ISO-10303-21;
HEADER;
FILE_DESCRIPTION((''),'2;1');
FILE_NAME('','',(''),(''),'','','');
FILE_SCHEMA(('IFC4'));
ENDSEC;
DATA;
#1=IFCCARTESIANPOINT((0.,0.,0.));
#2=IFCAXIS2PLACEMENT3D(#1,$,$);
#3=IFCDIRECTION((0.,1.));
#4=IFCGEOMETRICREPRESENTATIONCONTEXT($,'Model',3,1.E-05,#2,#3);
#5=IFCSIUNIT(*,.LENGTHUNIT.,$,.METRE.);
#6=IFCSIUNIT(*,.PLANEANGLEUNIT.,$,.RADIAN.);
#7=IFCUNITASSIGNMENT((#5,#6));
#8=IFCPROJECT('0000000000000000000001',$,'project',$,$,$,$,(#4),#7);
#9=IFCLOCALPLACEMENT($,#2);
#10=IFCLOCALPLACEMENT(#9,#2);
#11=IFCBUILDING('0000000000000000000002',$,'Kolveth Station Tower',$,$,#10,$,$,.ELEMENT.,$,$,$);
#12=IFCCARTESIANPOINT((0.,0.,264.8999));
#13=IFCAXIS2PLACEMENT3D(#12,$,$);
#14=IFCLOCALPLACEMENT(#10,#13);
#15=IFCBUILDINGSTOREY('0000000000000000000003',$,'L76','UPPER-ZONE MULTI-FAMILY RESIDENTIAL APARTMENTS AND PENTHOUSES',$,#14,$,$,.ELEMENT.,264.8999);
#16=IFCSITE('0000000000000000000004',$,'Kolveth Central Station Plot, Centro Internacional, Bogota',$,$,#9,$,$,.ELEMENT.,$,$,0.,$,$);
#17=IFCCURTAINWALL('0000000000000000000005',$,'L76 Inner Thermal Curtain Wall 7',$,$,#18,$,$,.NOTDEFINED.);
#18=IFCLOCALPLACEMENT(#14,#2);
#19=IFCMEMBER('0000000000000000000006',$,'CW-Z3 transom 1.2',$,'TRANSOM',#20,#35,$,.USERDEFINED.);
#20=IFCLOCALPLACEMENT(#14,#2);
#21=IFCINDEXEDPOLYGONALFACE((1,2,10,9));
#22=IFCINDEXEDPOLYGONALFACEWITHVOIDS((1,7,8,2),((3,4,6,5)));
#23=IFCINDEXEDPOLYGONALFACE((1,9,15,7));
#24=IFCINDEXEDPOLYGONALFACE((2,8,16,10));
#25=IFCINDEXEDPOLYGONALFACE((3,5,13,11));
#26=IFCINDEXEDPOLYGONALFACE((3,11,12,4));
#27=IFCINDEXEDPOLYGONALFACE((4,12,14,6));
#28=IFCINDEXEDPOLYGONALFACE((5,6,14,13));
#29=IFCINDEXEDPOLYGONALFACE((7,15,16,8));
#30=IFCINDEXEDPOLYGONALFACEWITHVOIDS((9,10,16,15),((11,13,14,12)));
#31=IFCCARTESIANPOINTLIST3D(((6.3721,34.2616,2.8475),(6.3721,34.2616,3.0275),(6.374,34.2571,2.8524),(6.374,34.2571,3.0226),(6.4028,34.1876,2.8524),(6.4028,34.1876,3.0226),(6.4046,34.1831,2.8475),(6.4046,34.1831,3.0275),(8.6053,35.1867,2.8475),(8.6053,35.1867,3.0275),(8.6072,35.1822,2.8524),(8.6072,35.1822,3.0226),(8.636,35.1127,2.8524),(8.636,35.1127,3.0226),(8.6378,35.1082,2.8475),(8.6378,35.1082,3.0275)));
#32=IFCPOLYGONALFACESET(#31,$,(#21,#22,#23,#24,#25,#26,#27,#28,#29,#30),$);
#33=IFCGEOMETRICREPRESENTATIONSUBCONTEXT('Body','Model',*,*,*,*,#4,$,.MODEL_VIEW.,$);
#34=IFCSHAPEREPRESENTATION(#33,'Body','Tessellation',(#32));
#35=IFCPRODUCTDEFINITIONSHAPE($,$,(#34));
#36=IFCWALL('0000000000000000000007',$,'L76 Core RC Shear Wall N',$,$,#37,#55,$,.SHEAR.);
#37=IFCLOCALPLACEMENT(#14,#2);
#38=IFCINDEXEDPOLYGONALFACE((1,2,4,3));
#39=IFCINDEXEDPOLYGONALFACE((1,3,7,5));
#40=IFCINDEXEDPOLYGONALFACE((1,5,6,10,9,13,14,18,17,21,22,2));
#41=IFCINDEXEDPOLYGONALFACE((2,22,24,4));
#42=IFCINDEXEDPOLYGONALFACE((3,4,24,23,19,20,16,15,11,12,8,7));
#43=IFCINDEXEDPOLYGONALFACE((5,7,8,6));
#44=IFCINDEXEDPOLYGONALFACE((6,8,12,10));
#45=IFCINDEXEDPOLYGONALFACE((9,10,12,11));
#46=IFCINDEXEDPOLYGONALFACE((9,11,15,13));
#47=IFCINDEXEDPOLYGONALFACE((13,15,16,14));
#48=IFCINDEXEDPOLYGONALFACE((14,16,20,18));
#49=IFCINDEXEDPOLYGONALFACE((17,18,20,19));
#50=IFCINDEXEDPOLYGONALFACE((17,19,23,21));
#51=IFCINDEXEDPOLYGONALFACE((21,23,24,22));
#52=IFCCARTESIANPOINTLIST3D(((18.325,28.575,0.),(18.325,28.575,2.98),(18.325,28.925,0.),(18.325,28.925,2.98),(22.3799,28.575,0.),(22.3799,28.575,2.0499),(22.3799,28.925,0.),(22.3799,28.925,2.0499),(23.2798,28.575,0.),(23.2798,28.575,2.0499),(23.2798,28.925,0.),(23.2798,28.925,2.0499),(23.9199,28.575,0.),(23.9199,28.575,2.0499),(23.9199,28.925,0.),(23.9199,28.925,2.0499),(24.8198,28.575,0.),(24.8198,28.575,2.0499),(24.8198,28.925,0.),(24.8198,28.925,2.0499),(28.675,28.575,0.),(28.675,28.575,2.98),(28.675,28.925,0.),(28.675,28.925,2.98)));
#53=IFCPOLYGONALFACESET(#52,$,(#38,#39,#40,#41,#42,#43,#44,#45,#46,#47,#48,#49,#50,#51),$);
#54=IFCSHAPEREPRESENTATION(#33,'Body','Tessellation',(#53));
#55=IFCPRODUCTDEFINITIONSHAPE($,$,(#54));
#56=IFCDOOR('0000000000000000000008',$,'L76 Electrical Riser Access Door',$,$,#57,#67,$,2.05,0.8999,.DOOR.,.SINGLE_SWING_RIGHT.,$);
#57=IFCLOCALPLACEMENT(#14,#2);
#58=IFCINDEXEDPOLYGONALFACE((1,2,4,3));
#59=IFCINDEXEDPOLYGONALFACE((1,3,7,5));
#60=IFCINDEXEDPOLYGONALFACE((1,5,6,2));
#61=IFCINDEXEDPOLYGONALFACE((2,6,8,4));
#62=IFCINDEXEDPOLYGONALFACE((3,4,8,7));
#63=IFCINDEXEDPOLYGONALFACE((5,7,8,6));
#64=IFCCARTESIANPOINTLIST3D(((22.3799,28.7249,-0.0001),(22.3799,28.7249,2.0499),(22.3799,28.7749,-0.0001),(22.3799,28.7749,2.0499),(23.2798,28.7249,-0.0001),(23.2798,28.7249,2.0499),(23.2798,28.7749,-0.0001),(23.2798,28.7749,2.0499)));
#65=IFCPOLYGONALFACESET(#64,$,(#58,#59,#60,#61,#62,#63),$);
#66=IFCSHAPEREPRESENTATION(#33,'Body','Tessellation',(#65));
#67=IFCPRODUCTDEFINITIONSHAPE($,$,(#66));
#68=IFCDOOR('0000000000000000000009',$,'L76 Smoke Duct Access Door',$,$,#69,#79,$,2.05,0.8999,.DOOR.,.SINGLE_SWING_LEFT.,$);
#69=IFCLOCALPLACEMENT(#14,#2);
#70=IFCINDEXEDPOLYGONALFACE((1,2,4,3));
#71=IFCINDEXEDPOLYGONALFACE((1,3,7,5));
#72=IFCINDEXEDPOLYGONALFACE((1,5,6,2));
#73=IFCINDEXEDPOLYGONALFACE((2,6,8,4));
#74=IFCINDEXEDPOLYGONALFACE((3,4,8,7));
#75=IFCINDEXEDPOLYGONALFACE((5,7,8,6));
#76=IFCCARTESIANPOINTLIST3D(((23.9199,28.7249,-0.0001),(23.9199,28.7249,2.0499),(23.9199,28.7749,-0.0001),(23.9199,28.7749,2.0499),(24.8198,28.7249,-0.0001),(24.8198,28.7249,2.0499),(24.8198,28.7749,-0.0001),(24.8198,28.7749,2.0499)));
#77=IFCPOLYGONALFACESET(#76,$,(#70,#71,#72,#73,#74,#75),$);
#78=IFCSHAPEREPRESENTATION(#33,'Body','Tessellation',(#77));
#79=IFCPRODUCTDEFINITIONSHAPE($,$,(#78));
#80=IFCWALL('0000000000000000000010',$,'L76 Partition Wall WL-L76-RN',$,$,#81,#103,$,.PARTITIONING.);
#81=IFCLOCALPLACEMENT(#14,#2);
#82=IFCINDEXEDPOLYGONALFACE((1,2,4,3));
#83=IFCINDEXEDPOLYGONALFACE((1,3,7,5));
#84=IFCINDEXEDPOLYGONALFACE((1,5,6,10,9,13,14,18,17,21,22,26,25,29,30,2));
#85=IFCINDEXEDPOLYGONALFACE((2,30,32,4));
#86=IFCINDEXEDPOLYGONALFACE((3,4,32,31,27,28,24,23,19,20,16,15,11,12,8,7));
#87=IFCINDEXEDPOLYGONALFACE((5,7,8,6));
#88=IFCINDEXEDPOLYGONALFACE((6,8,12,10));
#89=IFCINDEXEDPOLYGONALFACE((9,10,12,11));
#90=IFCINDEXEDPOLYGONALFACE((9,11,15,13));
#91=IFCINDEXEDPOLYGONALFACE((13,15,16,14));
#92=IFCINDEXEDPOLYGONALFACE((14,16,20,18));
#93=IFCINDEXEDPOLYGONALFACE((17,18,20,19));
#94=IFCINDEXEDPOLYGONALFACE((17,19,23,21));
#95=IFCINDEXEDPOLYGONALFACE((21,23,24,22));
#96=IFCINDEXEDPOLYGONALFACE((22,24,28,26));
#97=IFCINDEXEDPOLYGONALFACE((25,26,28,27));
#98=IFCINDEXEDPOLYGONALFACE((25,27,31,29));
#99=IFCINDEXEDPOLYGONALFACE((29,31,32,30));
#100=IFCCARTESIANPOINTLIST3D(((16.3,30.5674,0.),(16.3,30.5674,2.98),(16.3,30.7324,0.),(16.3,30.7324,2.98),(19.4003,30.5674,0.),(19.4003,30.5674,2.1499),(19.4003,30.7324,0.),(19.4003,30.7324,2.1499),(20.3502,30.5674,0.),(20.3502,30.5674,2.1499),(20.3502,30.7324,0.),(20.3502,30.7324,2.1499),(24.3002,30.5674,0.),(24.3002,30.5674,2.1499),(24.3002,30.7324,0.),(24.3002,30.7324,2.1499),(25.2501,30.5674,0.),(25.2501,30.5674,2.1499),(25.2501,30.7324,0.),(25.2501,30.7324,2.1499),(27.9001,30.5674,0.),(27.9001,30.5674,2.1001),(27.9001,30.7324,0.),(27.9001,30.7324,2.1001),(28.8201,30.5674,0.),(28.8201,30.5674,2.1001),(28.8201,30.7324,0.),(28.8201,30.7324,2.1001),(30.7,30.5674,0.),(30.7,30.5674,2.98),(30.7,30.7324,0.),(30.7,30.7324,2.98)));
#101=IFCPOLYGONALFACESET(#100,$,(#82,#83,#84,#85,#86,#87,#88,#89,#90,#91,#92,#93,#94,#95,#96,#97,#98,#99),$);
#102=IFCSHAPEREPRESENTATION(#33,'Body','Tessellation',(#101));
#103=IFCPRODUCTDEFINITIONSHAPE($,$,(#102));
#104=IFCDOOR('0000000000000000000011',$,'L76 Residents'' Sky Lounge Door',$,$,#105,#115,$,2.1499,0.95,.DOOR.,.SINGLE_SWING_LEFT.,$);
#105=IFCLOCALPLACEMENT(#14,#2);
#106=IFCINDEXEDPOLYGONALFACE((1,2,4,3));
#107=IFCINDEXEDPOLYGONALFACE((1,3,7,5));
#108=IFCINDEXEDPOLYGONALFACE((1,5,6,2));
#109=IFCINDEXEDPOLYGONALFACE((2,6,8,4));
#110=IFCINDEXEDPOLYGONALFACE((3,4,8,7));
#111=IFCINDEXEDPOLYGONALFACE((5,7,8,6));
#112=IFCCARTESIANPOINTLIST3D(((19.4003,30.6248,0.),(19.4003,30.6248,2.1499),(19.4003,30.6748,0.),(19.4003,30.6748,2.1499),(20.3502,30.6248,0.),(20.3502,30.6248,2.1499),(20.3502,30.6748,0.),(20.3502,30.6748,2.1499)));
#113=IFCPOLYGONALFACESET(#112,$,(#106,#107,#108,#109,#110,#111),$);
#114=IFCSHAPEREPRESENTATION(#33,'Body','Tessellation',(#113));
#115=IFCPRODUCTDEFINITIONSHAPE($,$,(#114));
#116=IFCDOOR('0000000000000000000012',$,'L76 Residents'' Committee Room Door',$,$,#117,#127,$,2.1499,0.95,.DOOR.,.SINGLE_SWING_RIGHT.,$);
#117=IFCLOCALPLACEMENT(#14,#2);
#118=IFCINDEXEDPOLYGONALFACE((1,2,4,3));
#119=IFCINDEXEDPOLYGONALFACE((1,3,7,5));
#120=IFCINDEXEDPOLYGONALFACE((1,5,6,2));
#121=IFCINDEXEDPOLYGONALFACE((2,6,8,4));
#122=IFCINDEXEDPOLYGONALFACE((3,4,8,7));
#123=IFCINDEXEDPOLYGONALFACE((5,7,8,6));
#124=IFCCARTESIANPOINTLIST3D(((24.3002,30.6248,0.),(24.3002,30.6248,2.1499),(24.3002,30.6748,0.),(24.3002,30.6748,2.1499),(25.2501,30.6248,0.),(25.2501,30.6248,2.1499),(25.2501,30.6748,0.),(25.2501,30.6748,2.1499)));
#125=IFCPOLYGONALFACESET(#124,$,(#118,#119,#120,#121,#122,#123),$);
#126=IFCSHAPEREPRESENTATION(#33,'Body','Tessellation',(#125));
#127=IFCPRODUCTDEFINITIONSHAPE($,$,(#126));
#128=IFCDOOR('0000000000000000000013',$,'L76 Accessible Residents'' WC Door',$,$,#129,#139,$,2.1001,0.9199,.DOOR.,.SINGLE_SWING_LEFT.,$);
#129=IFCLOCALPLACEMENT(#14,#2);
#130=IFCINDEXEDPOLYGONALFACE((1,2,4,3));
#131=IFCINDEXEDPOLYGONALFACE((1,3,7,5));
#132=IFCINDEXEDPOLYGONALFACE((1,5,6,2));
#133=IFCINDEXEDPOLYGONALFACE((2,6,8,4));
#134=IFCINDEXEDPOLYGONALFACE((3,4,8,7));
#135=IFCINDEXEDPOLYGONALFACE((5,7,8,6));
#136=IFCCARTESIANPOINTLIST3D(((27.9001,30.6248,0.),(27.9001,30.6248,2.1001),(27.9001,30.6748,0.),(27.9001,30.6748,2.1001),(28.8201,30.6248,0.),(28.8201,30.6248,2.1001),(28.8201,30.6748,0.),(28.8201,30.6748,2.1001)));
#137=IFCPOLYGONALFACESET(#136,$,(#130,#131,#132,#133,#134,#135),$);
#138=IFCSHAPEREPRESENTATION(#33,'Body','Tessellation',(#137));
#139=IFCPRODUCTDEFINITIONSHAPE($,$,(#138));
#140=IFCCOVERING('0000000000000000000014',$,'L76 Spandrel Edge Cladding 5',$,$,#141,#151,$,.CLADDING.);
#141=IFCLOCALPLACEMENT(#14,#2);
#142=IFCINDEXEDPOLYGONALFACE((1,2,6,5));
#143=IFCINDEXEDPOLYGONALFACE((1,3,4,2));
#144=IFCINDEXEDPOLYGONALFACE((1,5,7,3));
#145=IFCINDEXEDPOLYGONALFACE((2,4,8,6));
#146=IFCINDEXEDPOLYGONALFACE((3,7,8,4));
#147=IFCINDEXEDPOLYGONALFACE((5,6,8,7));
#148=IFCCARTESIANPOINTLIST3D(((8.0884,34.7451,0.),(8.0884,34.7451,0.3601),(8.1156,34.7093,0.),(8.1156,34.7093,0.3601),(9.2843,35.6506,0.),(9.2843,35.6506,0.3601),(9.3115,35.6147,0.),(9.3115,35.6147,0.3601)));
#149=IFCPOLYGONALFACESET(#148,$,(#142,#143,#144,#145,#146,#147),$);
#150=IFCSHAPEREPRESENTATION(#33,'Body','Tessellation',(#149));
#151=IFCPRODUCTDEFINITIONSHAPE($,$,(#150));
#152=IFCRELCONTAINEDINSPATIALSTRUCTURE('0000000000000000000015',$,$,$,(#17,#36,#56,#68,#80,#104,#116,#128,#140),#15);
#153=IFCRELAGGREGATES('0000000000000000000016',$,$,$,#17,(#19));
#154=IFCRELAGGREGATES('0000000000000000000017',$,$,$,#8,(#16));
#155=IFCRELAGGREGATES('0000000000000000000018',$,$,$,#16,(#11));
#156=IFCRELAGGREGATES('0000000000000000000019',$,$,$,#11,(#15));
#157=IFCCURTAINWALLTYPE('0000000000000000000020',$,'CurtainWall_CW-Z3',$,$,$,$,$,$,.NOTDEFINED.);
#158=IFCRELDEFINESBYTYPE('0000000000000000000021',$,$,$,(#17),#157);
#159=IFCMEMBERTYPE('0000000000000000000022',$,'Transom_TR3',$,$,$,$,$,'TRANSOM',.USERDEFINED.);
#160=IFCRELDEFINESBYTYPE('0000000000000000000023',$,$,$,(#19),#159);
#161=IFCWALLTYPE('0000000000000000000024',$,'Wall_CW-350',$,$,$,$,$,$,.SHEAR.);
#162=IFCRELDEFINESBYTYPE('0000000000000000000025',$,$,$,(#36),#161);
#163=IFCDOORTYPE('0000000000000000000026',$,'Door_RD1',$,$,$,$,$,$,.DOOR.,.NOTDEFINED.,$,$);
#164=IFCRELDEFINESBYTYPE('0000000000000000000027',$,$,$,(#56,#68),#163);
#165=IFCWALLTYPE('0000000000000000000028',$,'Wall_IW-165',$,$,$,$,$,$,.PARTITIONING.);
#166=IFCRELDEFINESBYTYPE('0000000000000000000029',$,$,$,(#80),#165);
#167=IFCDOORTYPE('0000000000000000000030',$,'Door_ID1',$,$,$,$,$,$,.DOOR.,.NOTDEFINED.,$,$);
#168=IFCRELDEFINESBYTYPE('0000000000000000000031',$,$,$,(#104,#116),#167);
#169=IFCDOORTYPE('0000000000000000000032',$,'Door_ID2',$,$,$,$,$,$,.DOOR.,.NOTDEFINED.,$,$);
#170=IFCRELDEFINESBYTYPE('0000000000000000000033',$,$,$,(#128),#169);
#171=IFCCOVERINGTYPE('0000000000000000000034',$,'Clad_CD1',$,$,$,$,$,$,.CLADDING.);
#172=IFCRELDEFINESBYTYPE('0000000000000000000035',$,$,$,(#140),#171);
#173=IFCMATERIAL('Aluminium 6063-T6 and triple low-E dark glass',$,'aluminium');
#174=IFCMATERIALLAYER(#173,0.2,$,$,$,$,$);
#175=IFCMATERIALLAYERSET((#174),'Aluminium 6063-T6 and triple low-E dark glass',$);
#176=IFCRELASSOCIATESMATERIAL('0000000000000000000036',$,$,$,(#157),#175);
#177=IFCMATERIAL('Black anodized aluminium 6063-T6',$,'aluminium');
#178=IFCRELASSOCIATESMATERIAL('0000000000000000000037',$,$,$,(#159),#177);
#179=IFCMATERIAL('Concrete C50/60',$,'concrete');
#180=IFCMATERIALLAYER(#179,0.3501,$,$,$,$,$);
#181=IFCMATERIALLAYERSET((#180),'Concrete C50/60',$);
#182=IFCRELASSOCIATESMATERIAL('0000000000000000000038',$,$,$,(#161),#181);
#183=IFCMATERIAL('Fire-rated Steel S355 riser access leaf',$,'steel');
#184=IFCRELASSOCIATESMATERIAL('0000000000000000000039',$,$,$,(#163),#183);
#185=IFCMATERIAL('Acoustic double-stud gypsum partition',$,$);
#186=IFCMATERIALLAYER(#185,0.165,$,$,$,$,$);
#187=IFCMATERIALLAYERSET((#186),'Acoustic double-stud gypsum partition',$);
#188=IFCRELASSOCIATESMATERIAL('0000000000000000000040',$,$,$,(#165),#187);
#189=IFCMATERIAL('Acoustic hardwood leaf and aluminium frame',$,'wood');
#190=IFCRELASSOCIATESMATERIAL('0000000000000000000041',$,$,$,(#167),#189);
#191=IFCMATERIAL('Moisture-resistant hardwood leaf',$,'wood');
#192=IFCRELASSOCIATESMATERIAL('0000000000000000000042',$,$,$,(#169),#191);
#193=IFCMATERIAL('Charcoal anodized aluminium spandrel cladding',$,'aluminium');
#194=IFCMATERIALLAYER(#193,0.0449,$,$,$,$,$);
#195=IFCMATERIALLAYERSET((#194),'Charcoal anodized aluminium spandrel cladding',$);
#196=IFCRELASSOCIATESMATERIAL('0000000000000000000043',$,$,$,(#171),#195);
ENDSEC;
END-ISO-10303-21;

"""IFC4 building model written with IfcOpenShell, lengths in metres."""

from ifc_helpers import new_model, si_unit, direction, frame, frame_2d, origin, origin_2d, place, context, subcontext, project, spatial, rectangle, hollow_rectangle, extrude, source, transform, mapped, material, layer, layer_set, material_profile, profile_set, type_object, element, fill, aggregate, save


model = new_model("IFC4")

# Units and contexts
model_context = context("Model", 3, precision=1e-05, world=origin(), true_north=direction((0.0, 1.0)))
body_context = subcontext(model_context, "Body", "Model", "MODEL_VIEW")
ifc_project = project(units=[si_unit("LENGTHUNIT", "METRE"), si_unit("PLANEANGLEUNIT", "RADIAN")], contexts=[model_context])

# Site, building, storey
site_placement = place(None, origin())
site = spatial("IfcSite", under=ifc_project, at=site_placement, Name="Kolveth Central Station Plot, Centro Internacional, Bogota", CompositionType="ELEMENT", RefElevation=0.0)
building_placement = place(site_placement, origin())
building = spatial("IfcBuilding", under=site, at=building_placement, Name="Kolveth Station Tower", CompositionType="ELEMENT")
storey_placement = place(building_placement, frame((0.0, 0.0, 264.8999)))
storey = spatial("IfcBuildingStorey", under=building, at=storey_placement, Name="L76", Description="UPPER-ZONE MULTI-FAMILY RESIDENTIAL APARTMENTS AND PENTHOUSES", CompositionType="ELEMENT", Elevation=264.8999)

# Shared definitions
ifc_material_1 = material(Name="Black anodized aluminium 6063-T6", Category="aluminium")
ifc_material_2 = material(Name="Aluminium 6063-T6 and triple low-E dark glass", Category="aluminium")
ifc_layer_1 = layer(ifc_material_2, 0.2)
ifc_layer_set_1 = layer_set([ifc_layer_1], Name="Aluminium 6063-T6 and triple low-E dark glass")
curtain_wall_type_1 = type_object("IfcCurtainWallType", Name="CurtainWall_CW-Z3", PredefinedType="NOTDEFINED", material=ifc_layer_set_1)

# Curtain wall, member
curtain_wall_1_placement = place(storey_placement, origin())
curtain_wall_1 = element("IfcCurtainWall", 1, at=curtain_wall_1_placement, inside=storey, type_object=curtain_wall_type_1, Name="L76 Inner Thermal Curtain Wall 7", PredefinedType="NOTDEFINED")
ifc_material_profile_1 = material_profile(ifc_material_1, hollow_rectangle(XDim=0.085, YDim=0.1799, WallThickness=0.0049, at=origin_2d()), Name="ALU-85x180x5")
ifc_profile_set_1 = profile_set([ifc_material_profile_1], Name="Black anodized aluminium 6063-T6")
member_type_1 = type_object("IfcMemberType", Name="Transom_TR3", ElementType="TRANSOM", PredefinedType="USERDEFINED", material=ifc_profile_set_1)
shared_shape_1 = source(origin(), body_context, "Body", "SweptSolid", [
    extrude(hollow_rectangle(XDim=0.085, YDim=0.1799, WallThickness=0.0049, at=origin_2d()), origin(), (0.0, 0.0, 1.0), 2.4172),
])
member_1_placement = place(storey_placement, frame((8.6216, 35.1475, 2.9375), z_axis=(-0.923873, -0.3827, 0.0), x_axis=(0.3827, -0.923873, 0.0)))
member_1 = element("IfcMember", 2, at=member_1_placement, type_object=member_type_1, Name="CW-Z3 transom 1.2", ObjectType="TRANSOM", PredefinedType="USERDEFINED", context=body_context, shape_type="MappedRepresentation", body=[
    mapped(shared_shape_1, transform((0.0, 0.0, 0.0), x_axis=(1.0, 0.0, 0.0), y_axis=(0.0, 1.0, 0.0), z_axis=(0.0, 0.0, 1.0), scale=1.0)),
])
aggregate(curtain_wall_1, [member_1])

# Walls, openings, doors
ifc_material_3 = material(Name="Concrete C50/60", Category="concrete")
ifc_layer_2 = layer(ifc_material_3, 0.3501)
ifc_layer_set_2 = layer_set([ifc_layer_2], Name="Concrete C50/60")
wall_type_1 = type_object("IfcWallType", Name="Wall_CW-350", PredefinedType="SHEAR", material=ifc_layer_set_2)
wall_1_placement = place(storey_placement, frame((18.325, 28.75, 0.0), z_axis=(0.0, 0.0, 1.0), x_axis=(1.0, 0.0, 0.0)))
wall_1 = element("IfcWall", 3, at=wall_1_placement, inside=storey, type_object=wall_type_1, Name="L76 Core RC Shear Wall N", PredefinedType="SHEAR", context=body_context, shape_type="SweptSolid", body=[
    extrude(rectangle(XDim=10.3501, YDim=0.3501, at=frame_2d((5.175, 0.0))), origin(), (0.0, 0.0, 1.0), 2.98),
])
opening_1_placement = place(wall_1_placement, frame((4.0549, 0.0, 0.0)))
opening_1 = element("IfcOpeningElement", 4, at=opening_1_placement, cuts=wall_1, PredefinedType="OPENING", context=body_context, shape_type="SweptSolid", body=[
    extrude(rectangle(XDim=0.8999, YDim=2.05, at=frame_2d((0.45, 1.0249))), frame((0.0, 0.1851, 0.0), z_axis=(0.0, -1.0, 0.0), x_axis=(1.0, 0.0, 0.0)), (0.0, 0.0, 1.0), 0.3701),
])
opening_2_placement = place(wall_1_placement, frame((5.595, 0.0, 0.0)))
opening_2 = element("IfcOpeningElement", 5, at=opening_2_placement, cuts=wall_1, PredefinedType="OPENING", context=body_context, shape_type="SweptSolid", body=[
    extrude(rectangle(XDim=0.8999, YDim=2.05, at=frame_2d((0.45, 1.0249))), frame((0.0, 0.1851, 0.0), z_axis=(0.0, -1.0, 0.0), x_axis=(1.0, 0.0, 0.0)), (0.0, 0.0, 1.0), 0.3701),
])
ifc_material_4 = material(Name="Fire-rated Steel S355 riser access leaf", Category="steel")
door_type_1 = type_object("IfcDoorType", Name="Door_RD1", OperationType="NOTDEFINED", PredefinedType="DOOR", material=ifc_material_4)
door_1_placement = place(opening_1_placement, origin())
door_1 = element("IfcDoor", 6, at=door_1_placement, inside=storey, type_object=door_type_1, Name="L76 Electrical Riser Access Door", OperationType="SINGLE_SWING_RIGHT", OverallHeight=2.05, OverallWidth=0.8999, PredefinedType="DOOR", context=body_context, shape_type="SweptSolid", body=[
    extrude(rectangle(XDim=0.8999, YDim=2.05, at=frame_2d((0.45, 1.0249))), frame((0.0, 0.0249, 0.0), z_axis=(0.0, -1.0, 0.0), x_axis=(1.0, 0.0, 0.0)), (0.0, 0.0, 1.0), 0.05),
])
fill(opening_1, door_1)
door_2_placement = place(opening_2_placement, origin())
door_2 = element("IfcDoor", 7, at=door_2_placement, inside=storey, type_object=door_type_1, Name="L76 Smoke Duct Access Door", OperationType="SINGLE_SWING_LEFT", OverallHeight=2.05, OverallWidth=0.8999, PredefinedType="DOOR", context=body_context, shape_type="SweptSolid", body=[
    extrude(rectangle(XDim=0.8999, YDim=2.05, at=frame_2d((0.45, 1.0249))), frame((0.0, 0.0249, 0.0), z_axis=(0.0, -1.0, 0.0), x_axis=(1.0, 0.0, 0.0)), (0.0, 0.0, 1.0), 0.05),
])
fill(opening_2, door_2)
ifc_material_5 = material(Name="Acoustic double-stud gypsum partition")
ifc_layer_3 = layer(ifc_material_5, 0.165)
ifc_layer_set_3 = layer_set([ifc_layer_3], Name="Acoustic double-stud gypsum partition")
wall_type_2 = type_object("IfcWallType", Name="Wall_IW-165", PredefinedType="PARTITIONING", material=ifc_layer_set_3)
wall_2_placement = place(storey_placement, frame((16.3, 30.6499, 0.0), z_axis=(0.0, 0.0, 1.0), x_axis=(1.0, 0.0, 0.0)))
wall_2 = element("IfcWall", 8, at=wall_2_placement, inside=storey, type_object=wall_type_2, Name="L76 Partition Wall WL-L76-RN", PredefinedType="PARTITIONING", context=body_context, shape_type="SweptSolid", body=[
    extrude(rectangle(XDim=14.3999, YDim=0.165, at=frame_2d((7.2, 0.0))), origin(), (0.0, 0.0, 1.0), 2.98),
])
opening_3_placement = place(wall_2_placement, frame((3.1001, 0.0, 0.0)))
opening_3 = element("IfcOpeningElement", 9, at=opening_3_placement, cuts=wall_2, PredefinedType="OPENING", context=body_context, shape_type="SweptSolid", body=[
    extrude(rectangle(XDim=0.95, YDim=2.1499, at=frame_2d((0.4751, 1.075))), frame((0.0, 0.0925, 0.0), z_axis=(0.0, -1.0, 0.0), x_axis=(1.0, 0.0, 0.0)), (0.0, 0.0, 1.0), 0.1851),
])
opening_4_placement = place(wall_2_placement, frame((8.0, 0.0, 0.0)))
opening_4 = element("IfcOpeningElement", 10, at=opening_4_placement, cuts=wall_2, PredefinedType="OPENING", context=body_context, shape_type="SweptSolid", body=[
    extrude(rectangle(XDim=0.95, YDim=2.1499, at=frame_2d((0.4751, 1.075))), frame((0.0, 0.0925, 0.0), z_axis=(0.0, -1.0, 0.0), x_axis=(1.0, 0.0, 0.0)), (0.0, 0.0, 1.0), 0.1851),
])
opening_5_placement = place(wall_2_placement, frame((11.6001, 0.0, 0.0)))
opening_5 = element("IfcOpeningElement", 11, at=opening_5_placement, cuts=wall_2, PredefinedType="OPENING", context=body_context, shape_type="SweptSolid", body=[
    extrude(rectangle(XDim=0.9199, YDim=2.1001, at=frame_2d((0.46, 1.05))), frame((0.0, 0.0925, 0.0), z_axis=(0.0, -1.0, 0.0), x_axis=(1.0, 0.0, 0.0)), (0.0, 0.0, 1.0), 0.1851),
])
ifc_material_6 = material(Name="Acoustic hardwood leaf and aluminium frame", Category="wood")
door_type_2 = type_object("IfcDoorType", Name="Door_ID1", OperationType="NOTDEFINED", PredefinedType="DOOR", material=ifc_material_6)
door_3_placement = place(opening_3_placement, origin())
door_3 = element("IfcDoor", 12, at=door_3_placement, inside=storey, type_object=door_type_2, Name="L76 Residents' Sky Lounge Door", OperationType="SINGLE_SWING_LEFT", OverallHeight=2.1499, OverallWidth=0.95, PredefinedType="DOOR", context=body_context, shape_type="SweptSolid", body=[
    extrude(rectangle(XDim=0.95, YDim=2.1499, at=frame_2d((0.4751, 1.075))), frame((0.0, 0.0249, 0.0), z_axis=(0.0, -1.0, 0.0), x_axis=(1.0, 0.0, 0.0)), (0.0, 0.0, 1.0), 0.05),
])
fill(opening_3, door_3)
door_4_placement = place(opening_4_placement, origin())
door_4 = element("IfcDoor", 13, at=door_4_placement, inside=storey, type_object=door_type_2, Name="L76 Residents' Committee Room Door", OperationType="SINGLE_SWING_RIGHT", OverallHeight=2.1499, OverallWidth=0.95, PredefinedType="DOOR", context=body_context, shape_type="SweptSolid", body=[
    extrude(rectangle(XDim=0.95, YDim=2.1499, at=frame_2d((0.4751, 1.075))), frame((0.0, 0.0249, 0.0), z_axis=(0.0, -1.0, 0.0), x_axis=(1.0, 0.0, 0.0)), (0.0, 0.0, 1.0), 0.05),
])
fill(opening_4, door_4)
ifc_material_7 = material(Name="Moisture-resistant hardwood leaf", Category="wood")
door_type_3 = type_object("IfcDoorType", Name="Door_ID2", OperationType="NOTDEFINED", PredefinedType="DOOR", material=ifc_material_7)
door_5_placement = place(opening_5_placement, origin())
door_5 = element("IfcDoor", 14, at=door_5_placement, inside=storey, type_object=door_type_3, Name="L76 Accessible Residents' WC Door", OperationType="SINGLE_SWING_LEFT", OverallHeight=2.1001, OverallWidth=0.9199, PredefinedType="DOOR", context=body_context, shape_type="SweptSolid", body=[
    extrude(rectangle(XDim=0.9199, YDim=2.1001, at=frame_2d((0.46, 1.05))), frame((0.0, 0.0249, 0.0), z_axis=(0.0, -1.0, 0.0), x_axis=(1.0, 0.0, 0.0)), (0.0, 0.0, 1.0), 0.05),
])
fill(opening_5, door_5)

# Covering
ifc_material_8 = material(Name="Charcoal anodized aluminium spandrel cladding", Category="aluminium")
ifc_layer_4 = layer(ifc_material_8, 0.0449)
ifc_layer_set_4 = layer_set([ifc_layer_4], Name="Charcoal anodized aluminium spandrel cladding")
covering_type = type_object("IfcCoveringType", Name="Clad_CD1", PredefinedType="CLADDING", material=ifc_layer_set_4)
shared_shape_2 = source(origin(), body_context, "Body", "SweptSolid", [
    extrude(rectangle(XDim=1.5, YDim=0.0449, at=origin_2d()), origin(), (0.0, 0.0, 1.0), 0.3601),
])
covering_placement = place(storey_placement, frame((8.7, 35.1799, 0.0), z_axis=(0.0, 0.0, 1.0), x_axis=(-0.797268, -0.603626, 0.0)))
element("IfcCovering", 15, at=covering_placement, inside=storey, type_object=covering_type, Name="L76 Spandrel Edge Cladding 5", PredefinedType="CLADDING", context=body_context, shape_type="MappedRepresentation", body=[
    mapped(shared_shape_2, transform((0.0, 0.0, 0.0), x_axis=(1.0, 0.0, 0.0), y_axis=(0.0, 1.0, 0.0), z_axis=(0.0, 0.0, 1.0), scale=1.0)),
])

save(model, "model.ifc")
